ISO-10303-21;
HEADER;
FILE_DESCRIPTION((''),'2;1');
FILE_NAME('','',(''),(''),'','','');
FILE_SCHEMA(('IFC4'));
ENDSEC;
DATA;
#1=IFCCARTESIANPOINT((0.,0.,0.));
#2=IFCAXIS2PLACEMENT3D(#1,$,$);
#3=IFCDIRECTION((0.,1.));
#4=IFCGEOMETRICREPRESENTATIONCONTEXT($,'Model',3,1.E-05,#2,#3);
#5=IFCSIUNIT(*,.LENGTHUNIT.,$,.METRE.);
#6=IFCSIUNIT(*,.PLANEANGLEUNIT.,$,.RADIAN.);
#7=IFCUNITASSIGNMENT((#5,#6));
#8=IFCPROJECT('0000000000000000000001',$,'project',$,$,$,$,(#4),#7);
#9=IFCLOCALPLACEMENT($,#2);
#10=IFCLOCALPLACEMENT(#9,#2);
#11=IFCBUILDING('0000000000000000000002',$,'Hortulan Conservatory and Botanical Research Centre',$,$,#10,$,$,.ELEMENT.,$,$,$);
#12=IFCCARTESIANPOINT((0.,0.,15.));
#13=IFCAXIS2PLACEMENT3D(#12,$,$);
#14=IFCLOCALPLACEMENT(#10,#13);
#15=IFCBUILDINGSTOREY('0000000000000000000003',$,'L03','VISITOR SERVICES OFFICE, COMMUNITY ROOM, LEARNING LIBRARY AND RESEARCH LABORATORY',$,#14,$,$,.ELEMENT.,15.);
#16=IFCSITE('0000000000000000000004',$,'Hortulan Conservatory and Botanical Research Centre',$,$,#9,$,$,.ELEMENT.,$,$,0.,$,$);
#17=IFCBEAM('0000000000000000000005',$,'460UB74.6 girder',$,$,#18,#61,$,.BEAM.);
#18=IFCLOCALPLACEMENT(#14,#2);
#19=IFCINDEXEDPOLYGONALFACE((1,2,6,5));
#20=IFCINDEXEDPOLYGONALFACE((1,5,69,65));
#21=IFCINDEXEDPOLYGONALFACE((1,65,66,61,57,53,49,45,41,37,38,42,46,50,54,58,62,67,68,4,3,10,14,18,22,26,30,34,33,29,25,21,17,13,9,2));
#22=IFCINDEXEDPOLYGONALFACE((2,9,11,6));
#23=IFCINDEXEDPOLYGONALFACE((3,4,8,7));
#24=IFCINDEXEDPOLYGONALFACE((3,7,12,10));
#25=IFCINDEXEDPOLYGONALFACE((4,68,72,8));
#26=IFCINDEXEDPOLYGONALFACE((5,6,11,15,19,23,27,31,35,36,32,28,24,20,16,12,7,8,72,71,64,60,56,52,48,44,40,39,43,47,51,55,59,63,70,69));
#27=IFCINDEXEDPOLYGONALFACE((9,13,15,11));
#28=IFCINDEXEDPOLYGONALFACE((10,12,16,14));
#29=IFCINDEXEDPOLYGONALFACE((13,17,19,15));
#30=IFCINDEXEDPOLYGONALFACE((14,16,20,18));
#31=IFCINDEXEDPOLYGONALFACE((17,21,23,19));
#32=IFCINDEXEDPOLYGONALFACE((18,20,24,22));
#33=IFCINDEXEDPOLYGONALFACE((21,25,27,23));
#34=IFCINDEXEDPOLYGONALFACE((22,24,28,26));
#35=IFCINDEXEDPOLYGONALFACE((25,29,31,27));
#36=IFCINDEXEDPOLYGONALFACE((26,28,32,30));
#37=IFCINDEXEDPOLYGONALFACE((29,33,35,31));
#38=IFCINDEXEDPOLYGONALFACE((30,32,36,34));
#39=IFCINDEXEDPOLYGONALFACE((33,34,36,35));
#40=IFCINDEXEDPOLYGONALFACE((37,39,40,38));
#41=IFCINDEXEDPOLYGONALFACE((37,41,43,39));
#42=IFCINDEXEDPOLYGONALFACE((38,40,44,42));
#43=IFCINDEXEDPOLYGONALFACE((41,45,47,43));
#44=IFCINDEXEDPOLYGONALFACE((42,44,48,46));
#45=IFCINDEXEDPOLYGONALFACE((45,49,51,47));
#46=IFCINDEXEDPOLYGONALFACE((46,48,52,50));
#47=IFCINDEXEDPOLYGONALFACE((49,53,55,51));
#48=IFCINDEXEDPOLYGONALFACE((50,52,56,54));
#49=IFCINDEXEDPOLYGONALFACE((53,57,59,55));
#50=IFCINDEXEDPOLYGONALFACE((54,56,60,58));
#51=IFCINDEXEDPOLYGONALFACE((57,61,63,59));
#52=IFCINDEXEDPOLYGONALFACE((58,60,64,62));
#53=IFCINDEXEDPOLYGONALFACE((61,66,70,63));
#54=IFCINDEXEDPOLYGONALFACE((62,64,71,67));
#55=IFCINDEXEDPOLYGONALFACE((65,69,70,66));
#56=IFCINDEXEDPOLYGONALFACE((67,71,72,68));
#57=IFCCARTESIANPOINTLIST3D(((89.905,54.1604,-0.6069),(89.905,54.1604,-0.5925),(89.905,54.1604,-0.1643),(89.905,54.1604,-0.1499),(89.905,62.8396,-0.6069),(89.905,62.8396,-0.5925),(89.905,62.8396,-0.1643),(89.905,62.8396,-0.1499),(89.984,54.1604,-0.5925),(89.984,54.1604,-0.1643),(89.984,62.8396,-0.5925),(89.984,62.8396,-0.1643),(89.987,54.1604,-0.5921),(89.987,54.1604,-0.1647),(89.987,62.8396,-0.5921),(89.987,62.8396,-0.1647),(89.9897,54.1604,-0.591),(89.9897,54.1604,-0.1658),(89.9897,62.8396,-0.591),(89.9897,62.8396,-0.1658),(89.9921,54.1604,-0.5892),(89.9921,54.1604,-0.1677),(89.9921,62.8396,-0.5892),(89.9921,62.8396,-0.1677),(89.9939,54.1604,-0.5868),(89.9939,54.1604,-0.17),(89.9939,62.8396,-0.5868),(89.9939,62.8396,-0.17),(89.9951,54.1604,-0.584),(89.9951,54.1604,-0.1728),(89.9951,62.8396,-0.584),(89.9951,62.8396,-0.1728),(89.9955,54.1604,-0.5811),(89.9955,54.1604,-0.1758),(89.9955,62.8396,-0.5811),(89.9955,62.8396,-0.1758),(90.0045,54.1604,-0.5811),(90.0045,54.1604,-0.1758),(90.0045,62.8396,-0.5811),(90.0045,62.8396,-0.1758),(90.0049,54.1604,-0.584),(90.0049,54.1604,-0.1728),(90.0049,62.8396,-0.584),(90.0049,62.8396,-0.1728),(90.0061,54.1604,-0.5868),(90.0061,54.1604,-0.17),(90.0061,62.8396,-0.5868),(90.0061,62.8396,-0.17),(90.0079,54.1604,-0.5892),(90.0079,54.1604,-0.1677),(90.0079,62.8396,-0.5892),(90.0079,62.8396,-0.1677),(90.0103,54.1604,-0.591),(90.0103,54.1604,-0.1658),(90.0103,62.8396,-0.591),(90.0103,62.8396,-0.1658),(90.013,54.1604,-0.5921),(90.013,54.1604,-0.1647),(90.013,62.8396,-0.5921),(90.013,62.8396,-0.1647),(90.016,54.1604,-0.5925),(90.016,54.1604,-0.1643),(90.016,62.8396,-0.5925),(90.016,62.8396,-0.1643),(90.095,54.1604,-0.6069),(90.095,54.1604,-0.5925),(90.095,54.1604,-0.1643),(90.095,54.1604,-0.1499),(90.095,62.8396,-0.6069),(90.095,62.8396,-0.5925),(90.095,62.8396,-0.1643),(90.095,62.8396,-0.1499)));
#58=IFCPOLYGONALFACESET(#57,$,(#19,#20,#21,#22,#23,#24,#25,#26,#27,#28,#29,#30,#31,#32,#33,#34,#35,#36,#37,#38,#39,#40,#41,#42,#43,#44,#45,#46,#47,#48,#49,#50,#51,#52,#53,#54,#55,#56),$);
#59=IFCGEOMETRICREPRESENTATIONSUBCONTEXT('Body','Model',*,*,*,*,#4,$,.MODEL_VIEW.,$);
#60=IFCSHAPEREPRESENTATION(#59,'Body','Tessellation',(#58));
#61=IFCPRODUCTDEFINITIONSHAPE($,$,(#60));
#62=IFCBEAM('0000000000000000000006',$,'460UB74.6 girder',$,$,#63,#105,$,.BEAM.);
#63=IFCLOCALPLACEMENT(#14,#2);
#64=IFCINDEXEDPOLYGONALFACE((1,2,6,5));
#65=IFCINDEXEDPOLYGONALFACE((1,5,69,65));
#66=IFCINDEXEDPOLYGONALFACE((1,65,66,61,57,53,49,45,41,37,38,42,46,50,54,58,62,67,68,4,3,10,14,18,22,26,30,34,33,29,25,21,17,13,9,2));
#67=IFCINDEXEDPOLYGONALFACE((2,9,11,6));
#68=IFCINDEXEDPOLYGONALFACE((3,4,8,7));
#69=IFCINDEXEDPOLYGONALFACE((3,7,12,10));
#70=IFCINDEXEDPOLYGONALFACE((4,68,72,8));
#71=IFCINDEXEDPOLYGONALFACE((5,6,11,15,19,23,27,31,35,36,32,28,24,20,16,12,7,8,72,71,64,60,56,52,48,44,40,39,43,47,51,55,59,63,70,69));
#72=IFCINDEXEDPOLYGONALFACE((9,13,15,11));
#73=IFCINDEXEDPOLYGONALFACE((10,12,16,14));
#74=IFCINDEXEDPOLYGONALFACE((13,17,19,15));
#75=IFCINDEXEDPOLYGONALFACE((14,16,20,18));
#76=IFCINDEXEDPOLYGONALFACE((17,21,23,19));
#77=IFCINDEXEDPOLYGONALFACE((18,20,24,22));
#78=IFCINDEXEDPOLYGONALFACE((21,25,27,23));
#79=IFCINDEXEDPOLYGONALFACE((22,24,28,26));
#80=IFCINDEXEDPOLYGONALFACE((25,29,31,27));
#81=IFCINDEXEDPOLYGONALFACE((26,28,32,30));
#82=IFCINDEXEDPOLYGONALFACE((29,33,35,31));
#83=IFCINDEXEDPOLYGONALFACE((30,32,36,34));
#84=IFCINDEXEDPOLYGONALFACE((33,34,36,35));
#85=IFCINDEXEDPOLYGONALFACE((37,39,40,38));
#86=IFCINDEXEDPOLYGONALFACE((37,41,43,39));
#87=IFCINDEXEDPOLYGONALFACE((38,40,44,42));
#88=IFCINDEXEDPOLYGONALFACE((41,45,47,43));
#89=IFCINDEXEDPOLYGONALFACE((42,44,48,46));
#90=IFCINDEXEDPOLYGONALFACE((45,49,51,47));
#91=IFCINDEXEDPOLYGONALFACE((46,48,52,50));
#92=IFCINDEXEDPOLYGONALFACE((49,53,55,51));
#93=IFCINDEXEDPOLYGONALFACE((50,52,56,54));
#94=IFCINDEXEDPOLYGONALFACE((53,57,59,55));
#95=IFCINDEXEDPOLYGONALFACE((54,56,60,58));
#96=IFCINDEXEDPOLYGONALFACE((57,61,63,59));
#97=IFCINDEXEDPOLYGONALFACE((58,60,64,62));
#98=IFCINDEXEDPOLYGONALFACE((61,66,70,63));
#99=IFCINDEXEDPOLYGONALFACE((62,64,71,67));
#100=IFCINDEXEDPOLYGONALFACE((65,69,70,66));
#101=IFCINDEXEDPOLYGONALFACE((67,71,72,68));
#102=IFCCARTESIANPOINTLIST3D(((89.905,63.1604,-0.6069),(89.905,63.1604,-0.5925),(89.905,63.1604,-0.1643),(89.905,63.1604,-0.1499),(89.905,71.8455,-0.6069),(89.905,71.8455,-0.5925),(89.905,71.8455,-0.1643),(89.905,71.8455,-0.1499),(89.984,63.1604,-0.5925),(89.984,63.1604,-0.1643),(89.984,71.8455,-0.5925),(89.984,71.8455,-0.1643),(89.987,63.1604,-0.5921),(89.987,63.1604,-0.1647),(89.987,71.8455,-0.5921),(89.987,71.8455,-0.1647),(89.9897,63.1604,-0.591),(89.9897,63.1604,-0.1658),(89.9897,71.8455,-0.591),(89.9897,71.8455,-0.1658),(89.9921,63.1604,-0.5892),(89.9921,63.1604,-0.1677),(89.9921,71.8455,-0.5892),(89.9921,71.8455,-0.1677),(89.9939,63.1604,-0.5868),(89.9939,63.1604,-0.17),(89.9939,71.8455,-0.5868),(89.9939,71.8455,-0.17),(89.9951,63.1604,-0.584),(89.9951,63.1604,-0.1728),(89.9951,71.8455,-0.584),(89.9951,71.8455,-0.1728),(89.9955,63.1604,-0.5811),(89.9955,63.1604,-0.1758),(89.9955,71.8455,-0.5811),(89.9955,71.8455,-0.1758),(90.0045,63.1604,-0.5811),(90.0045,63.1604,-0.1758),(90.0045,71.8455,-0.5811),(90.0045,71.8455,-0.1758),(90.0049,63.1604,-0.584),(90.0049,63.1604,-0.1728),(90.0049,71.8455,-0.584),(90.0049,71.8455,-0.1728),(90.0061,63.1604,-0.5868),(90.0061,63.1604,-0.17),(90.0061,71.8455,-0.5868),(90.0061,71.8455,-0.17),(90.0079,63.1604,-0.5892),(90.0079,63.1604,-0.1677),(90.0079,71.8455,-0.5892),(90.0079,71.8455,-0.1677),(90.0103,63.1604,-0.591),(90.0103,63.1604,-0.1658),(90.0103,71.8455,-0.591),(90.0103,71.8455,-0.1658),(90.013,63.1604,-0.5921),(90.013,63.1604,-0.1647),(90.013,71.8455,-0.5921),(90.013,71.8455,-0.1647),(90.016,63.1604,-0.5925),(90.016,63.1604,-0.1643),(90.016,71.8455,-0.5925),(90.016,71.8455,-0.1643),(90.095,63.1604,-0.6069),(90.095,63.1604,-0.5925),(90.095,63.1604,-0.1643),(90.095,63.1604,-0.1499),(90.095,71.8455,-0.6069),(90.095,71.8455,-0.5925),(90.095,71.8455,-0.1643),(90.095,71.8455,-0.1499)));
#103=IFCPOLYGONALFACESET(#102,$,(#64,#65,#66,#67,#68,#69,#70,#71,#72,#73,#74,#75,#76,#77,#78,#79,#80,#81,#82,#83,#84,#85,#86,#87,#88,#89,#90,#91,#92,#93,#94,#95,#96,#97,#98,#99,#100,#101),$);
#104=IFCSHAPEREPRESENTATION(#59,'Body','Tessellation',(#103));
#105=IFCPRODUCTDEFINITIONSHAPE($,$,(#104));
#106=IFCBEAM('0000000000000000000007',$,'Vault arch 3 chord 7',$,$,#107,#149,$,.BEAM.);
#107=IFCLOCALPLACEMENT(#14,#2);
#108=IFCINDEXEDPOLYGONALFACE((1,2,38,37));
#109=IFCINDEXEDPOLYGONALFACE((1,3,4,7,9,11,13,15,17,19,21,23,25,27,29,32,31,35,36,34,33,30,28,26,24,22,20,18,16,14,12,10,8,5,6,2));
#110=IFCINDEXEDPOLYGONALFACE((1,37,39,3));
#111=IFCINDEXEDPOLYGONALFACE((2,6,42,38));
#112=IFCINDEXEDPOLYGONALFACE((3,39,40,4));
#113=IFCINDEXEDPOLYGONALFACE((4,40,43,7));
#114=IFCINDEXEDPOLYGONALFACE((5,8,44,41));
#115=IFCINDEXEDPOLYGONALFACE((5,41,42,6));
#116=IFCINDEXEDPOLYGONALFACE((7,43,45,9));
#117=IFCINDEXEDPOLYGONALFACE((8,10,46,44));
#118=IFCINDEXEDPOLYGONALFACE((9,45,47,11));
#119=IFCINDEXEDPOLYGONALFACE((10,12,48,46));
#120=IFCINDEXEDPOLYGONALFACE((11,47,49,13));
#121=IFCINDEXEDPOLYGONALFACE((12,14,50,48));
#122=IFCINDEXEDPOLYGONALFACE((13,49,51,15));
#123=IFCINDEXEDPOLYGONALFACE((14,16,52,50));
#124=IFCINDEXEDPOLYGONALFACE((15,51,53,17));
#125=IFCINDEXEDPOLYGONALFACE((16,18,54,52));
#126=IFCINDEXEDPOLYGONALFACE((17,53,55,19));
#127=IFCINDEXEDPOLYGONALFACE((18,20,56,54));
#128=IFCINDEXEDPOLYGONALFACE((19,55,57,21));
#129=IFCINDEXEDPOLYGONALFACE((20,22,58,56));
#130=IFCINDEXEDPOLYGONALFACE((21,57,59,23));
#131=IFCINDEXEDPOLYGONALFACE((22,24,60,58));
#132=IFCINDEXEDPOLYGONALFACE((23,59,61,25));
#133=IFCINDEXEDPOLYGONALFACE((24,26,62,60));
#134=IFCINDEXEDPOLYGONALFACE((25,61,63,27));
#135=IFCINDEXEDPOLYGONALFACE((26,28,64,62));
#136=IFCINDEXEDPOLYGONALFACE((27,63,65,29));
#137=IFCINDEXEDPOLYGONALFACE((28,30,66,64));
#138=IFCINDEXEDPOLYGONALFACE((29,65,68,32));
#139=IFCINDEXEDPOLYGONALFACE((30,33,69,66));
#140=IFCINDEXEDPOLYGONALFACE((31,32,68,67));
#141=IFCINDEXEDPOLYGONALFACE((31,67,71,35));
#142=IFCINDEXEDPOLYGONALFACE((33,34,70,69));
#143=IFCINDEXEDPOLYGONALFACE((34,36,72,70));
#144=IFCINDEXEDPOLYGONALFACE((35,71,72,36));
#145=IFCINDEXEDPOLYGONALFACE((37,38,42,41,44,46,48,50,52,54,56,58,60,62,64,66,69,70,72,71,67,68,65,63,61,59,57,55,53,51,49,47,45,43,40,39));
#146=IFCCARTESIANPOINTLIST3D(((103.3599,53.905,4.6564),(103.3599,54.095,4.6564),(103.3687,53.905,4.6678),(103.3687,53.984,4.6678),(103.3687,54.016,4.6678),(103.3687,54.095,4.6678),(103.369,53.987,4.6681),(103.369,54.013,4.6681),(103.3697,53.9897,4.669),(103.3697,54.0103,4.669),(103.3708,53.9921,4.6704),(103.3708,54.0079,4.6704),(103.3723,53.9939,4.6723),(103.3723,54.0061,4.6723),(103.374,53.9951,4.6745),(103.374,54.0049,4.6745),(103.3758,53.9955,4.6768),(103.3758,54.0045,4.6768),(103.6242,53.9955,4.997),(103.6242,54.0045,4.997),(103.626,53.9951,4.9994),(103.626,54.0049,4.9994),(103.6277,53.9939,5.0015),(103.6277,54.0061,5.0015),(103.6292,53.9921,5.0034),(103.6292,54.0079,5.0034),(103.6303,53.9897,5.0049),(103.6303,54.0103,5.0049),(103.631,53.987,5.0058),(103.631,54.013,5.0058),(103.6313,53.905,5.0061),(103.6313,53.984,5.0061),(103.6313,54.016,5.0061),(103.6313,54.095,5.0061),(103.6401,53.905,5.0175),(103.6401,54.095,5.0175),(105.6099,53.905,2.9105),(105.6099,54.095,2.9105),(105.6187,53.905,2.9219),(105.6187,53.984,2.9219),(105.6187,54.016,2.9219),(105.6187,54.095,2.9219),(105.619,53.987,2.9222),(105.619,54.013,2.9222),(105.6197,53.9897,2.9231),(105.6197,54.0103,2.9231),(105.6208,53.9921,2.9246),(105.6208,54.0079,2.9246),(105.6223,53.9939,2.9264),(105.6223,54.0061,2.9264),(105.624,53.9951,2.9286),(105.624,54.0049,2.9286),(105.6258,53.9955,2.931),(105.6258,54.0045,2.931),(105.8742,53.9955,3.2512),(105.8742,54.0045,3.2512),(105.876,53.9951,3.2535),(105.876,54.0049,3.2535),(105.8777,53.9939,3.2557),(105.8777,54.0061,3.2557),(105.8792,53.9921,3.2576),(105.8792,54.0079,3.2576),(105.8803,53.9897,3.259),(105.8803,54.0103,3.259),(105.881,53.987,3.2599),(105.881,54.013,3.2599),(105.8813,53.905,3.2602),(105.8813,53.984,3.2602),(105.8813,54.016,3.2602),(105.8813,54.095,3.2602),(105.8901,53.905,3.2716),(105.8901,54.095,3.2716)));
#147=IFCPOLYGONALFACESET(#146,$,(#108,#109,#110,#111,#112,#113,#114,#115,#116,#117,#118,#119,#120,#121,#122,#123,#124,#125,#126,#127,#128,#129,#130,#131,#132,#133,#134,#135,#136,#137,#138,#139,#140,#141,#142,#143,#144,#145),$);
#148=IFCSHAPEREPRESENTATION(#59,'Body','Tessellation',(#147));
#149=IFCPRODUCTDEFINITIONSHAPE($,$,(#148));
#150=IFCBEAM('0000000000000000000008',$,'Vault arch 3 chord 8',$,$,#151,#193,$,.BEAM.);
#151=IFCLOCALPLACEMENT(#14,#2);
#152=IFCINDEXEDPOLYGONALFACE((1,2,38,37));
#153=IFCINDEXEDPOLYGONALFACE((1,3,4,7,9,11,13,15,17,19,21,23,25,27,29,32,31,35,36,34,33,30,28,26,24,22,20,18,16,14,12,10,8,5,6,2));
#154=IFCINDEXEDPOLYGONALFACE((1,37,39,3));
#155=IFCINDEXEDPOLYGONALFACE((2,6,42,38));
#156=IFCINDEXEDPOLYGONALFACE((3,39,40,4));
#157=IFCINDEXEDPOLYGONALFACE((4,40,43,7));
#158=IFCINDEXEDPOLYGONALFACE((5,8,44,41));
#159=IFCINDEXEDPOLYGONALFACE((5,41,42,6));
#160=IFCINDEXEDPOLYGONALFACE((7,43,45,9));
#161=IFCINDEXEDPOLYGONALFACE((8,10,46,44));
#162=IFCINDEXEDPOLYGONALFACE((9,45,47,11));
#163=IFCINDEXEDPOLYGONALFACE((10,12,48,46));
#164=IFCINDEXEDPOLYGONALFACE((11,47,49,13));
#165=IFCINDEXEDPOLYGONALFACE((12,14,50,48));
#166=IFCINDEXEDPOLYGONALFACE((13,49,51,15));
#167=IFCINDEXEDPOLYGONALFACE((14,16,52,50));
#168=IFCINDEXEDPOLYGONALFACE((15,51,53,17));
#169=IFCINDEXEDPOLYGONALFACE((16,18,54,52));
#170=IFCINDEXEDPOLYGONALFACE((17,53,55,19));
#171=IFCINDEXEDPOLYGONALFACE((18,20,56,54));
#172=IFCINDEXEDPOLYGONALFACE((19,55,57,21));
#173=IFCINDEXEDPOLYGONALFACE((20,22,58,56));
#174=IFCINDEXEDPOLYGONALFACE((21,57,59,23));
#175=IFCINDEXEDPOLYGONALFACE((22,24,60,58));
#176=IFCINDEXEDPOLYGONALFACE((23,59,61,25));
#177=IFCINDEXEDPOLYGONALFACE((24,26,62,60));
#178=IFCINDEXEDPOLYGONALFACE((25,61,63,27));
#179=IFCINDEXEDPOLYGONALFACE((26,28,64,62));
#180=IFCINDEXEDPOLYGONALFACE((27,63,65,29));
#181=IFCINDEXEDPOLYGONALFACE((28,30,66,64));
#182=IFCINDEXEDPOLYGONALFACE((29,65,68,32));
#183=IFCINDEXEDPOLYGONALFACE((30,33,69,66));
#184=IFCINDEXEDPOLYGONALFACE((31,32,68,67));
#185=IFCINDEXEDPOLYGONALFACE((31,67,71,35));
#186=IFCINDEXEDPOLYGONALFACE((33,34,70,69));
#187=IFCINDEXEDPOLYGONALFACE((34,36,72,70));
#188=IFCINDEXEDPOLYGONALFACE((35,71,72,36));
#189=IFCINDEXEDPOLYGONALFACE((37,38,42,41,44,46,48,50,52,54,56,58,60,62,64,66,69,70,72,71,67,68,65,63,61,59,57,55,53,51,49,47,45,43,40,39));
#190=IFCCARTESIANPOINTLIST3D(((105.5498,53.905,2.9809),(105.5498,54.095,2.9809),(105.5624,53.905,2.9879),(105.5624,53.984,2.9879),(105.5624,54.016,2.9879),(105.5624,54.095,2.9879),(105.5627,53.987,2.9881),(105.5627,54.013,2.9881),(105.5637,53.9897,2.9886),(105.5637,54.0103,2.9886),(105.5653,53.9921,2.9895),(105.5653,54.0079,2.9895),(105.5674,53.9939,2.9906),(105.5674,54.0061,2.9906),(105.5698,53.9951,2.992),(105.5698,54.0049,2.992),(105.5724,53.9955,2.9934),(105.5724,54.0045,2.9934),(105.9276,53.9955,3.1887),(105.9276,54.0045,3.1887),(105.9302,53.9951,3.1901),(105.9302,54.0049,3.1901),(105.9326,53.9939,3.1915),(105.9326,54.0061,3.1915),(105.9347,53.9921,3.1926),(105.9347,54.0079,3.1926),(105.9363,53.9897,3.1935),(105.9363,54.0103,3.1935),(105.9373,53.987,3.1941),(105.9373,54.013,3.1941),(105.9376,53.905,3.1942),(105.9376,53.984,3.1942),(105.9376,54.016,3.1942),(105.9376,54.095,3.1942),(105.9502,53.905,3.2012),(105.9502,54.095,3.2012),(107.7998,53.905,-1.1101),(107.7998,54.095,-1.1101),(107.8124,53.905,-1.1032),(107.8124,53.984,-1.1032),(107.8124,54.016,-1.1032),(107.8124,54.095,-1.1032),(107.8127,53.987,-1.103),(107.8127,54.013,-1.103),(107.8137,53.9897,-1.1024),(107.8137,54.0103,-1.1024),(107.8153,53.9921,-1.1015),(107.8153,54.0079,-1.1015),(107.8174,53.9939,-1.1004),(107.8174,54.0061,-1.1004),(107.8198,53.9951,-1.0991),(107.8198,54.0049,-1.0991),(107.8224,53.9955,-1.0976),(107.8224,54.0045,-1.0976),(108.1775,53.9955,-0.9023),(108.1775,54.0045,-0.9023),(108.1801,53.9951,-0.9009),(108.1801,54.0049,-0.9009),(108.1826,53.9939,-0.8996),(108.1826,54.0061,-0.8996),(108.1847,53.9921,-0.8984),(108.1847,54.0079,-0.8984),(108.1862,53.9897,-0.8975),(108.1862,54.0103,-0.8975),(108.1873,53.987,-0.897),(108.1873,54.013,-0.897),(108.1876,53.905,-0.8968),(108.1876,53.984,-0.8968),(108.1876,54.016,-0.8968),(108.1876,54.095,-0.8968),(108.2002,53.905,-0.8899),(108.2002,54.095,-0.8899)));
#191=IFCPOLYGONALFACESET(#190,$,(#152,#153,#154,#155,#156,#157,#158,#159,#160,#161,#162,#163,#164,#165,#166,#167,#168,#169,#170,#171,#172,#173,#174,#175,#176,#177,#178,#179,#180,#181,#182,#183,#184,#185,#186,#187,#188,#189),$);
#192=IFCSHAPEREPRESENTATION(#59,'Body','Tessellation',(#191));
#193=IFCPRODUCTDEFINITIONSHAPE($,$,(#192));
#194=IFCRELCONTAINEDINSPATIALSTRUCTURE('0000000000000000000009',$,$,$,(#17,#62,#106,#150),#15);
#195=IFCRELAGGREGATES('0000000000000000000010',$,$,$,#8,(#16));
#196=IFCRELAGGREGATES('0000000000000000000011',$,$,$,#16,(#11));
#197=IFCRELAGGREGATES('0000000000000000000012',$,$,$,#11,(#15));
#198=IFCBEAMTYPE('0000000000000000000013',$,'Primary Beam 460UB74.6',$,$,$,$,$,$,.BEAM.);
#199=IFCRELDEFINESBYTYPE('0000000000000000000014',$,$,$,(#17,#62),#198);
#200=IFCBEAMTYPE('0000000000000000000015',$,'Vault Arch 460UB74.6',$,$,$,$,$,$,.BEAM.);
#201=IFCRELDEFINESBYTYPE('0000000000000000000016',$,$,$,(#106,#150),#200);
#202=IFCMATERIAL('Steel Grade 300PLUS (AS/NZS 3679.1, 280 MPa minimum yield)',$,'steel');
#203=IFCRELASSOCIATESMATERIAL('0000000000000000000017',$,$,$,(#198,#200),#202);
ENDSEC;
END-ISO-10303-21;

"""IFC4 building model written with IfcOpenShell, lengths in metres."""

from ifc_helpers import new_model, si_unit, direction, frame, origin, origin_2d, place, context, subcontext, project, spatial, i_section, extrude, material, material_profile, profile_set, type_object, element, save


model = new_model("IFC4")

# Units and contexts
model_context = context("Model", 3, precision=1e-05, world=origin(), true_north=direction((0.0, 1.0)))
body_context = subcontext(model_context, "Body", "Model", "MODEL_VIEW")
ifc_project = project(units=[si_unit("LENGTHUNIT", "METRE"), si_unit("PLANEANGLEUNIT", "RADIAN")], contexts=[model_context])

# Site, building, storey
site_placement = place(None, origin())
site = spatial("IfcSite", under=ifc_project, at=site_placement, Name="Hortulan Conservatory and Botanical Research Centre", CompositionType="ELEMENT", RefElevation=0.0)
building_placement = place(site_placement, origin())
building = spatial("IfcBuilding", under=site, at=building_placement, Name="Hortulan Conservatory and Botanical Research Centre", CompositionType="ELEMENT")
storey_placement = place(building_placement, frame((0.0, 0.0, 15.0)))
storey = spatial("IfcBuildingStorey", under=building, at=storey_placement, Name="L03", Description="VISITOR SERVICES OFFICE, COMMUNITY ROOM, LEARNING LIBRARY AND RESEARCH LABORATORY", CompositionType="ELEMENT", Elevation=15.0)

# Beams
ifc_material_1 = material(Name="Steel Grade 300PLUS (AS/NZS 3679.1, 280 MPa minimum yield)", Category="steel")
ifc_material_profile_1 = material_profile(ifc_material_1, i_section(OverallWidth=0.1899, OverallDepth=0.457, WebThickness=0.009, FlangeThickness=0.0144, FilletRadius=0.0115, at=origin_2d()), Name="460UB74.6")
ifc_profile_set_1 = profile_set([ifc_material_profile_1], Name="Steel Grade 300PLUS (AS/NZS 3679.1, 280 MPa minimum yield)")
beam_type_1 = type_object("IfcBeamType", Name="Primary Beam 460UB74.6", PredefinedType="BEAM", material=ifc_profile_set_1)
beam_1_placement = place(storey_placement, frame((90.0, 54.1604, -0.3784), z_axis=(0.0, 1.0, 0.0), x_axis=(-1.0, 0.0, 0.0)))
element("IfcBeam", 1, at=beam_1_placement, inside=storey, type_object=beam_type_1, Name="460UB74.6 girder", PredefinedType="BEAM", context=body_context, shape_type="SweptSolid", body=[
    extrude(i_section(OverallWidth=0.1899, OverallDepth=0.457, WebThickness=0.009, FlangeThickness=0.0144, FilletRadius=0.0115, at=origin_2d()), origin(), (0.0, 0.0, 1.0), 8.6792),
])
beam_2_placement = place(storey_placement, frame((90.0, 63.1604, -0.3784), z_axis=(0.0, 1.0, 0.0), x_axis=(-1.0, 0.0, 0.0)))
element("IfcBeam", 2, at=beam_2_placement, inside=storey, type_object=beam_type_1, Name="460UB74.6 girder", PredefinedType="BEAM", context=body_context, shape_type="SweptSolid", body=[
    extrude(i_section(OverallWidth=0.1899, OverallDepth=0.457, WebThickness=0.009, FlangeThickness=0.0144, FilletRadius=0.0115, at=origin_2d()), origin(), (0.0, 0.0, 1.0), 8.6851),
])
ifc_material_profile_2 = material_profile(ifc_material_1, i_section(OverallWidth=0.1899, OverallDepth=0.457, WebThickness=0.009, FlangeThickness=0.0144, FilletRadius=0.0115, at=origin_2d()), Name="460UB74.6")
ifc_profile_set_2 = profile_set([ifc_material_profile_2], Name="Steel Grade 300PLUS (AS/NZS 3679.1, 280 MPa minimum yield)")
beam_type_2 = type_object("IfcBeamType", Name="Vault Arch 460UB74.6", PredefinedType="BEAM", material=ifc_profile_set_2)
beam_3_placement = place(storey_placement, frame((103.5, 54.0, 4.8369), z_axis=(0.790058, 0.0, -0.613032), x_axis=(0.0, 1.0, 0.0)))
element("IfcBeam", 3, at=beam_3_placement, inside=storey, type_object=beam_type_2, Name="Vault arch 3 chord 7", PredefinedType="BEAM", context=body_context, shape_type="SweptSolid", body=[
    extrude(i_section(OverallWidth=0.1899, OverallDepth=0.457, WebThickness=0.009, FlangeThickness=0.0144, FilletRadius=0.0115, at=origin_2d()), origin(), (0.0, 0.0, 1.0), 2.8479),
])
for number, where, z_axis, x_axis, name in (
    (4, (105.75, 54.0, 3.0911), (0.481905, 0.0, -0.876224), (0.0, 1.0, 0.0), "Vault arch 3 chord 8"),
):
    element("IfcBeam", number, at=place(storey_placement, frame(where, z_axis=z_axis, x_axis=x_axis)), inside=storey, type_object=beam_type_2, Name=name, PredefinedType="BEAM", context=body_context, shape_type="SweptSolid", body=[
        extrude(i_section(OverallWidth=0.1899, OverallDepth=0.457, WebThickness=0.009, FlangeThickness=0.0144, FilletRadius=0.0115, at=origin_2d()), origin(), (0.0, 0.0, 1.0), 4.6689),
    ])

save(model, "model.ifc")
